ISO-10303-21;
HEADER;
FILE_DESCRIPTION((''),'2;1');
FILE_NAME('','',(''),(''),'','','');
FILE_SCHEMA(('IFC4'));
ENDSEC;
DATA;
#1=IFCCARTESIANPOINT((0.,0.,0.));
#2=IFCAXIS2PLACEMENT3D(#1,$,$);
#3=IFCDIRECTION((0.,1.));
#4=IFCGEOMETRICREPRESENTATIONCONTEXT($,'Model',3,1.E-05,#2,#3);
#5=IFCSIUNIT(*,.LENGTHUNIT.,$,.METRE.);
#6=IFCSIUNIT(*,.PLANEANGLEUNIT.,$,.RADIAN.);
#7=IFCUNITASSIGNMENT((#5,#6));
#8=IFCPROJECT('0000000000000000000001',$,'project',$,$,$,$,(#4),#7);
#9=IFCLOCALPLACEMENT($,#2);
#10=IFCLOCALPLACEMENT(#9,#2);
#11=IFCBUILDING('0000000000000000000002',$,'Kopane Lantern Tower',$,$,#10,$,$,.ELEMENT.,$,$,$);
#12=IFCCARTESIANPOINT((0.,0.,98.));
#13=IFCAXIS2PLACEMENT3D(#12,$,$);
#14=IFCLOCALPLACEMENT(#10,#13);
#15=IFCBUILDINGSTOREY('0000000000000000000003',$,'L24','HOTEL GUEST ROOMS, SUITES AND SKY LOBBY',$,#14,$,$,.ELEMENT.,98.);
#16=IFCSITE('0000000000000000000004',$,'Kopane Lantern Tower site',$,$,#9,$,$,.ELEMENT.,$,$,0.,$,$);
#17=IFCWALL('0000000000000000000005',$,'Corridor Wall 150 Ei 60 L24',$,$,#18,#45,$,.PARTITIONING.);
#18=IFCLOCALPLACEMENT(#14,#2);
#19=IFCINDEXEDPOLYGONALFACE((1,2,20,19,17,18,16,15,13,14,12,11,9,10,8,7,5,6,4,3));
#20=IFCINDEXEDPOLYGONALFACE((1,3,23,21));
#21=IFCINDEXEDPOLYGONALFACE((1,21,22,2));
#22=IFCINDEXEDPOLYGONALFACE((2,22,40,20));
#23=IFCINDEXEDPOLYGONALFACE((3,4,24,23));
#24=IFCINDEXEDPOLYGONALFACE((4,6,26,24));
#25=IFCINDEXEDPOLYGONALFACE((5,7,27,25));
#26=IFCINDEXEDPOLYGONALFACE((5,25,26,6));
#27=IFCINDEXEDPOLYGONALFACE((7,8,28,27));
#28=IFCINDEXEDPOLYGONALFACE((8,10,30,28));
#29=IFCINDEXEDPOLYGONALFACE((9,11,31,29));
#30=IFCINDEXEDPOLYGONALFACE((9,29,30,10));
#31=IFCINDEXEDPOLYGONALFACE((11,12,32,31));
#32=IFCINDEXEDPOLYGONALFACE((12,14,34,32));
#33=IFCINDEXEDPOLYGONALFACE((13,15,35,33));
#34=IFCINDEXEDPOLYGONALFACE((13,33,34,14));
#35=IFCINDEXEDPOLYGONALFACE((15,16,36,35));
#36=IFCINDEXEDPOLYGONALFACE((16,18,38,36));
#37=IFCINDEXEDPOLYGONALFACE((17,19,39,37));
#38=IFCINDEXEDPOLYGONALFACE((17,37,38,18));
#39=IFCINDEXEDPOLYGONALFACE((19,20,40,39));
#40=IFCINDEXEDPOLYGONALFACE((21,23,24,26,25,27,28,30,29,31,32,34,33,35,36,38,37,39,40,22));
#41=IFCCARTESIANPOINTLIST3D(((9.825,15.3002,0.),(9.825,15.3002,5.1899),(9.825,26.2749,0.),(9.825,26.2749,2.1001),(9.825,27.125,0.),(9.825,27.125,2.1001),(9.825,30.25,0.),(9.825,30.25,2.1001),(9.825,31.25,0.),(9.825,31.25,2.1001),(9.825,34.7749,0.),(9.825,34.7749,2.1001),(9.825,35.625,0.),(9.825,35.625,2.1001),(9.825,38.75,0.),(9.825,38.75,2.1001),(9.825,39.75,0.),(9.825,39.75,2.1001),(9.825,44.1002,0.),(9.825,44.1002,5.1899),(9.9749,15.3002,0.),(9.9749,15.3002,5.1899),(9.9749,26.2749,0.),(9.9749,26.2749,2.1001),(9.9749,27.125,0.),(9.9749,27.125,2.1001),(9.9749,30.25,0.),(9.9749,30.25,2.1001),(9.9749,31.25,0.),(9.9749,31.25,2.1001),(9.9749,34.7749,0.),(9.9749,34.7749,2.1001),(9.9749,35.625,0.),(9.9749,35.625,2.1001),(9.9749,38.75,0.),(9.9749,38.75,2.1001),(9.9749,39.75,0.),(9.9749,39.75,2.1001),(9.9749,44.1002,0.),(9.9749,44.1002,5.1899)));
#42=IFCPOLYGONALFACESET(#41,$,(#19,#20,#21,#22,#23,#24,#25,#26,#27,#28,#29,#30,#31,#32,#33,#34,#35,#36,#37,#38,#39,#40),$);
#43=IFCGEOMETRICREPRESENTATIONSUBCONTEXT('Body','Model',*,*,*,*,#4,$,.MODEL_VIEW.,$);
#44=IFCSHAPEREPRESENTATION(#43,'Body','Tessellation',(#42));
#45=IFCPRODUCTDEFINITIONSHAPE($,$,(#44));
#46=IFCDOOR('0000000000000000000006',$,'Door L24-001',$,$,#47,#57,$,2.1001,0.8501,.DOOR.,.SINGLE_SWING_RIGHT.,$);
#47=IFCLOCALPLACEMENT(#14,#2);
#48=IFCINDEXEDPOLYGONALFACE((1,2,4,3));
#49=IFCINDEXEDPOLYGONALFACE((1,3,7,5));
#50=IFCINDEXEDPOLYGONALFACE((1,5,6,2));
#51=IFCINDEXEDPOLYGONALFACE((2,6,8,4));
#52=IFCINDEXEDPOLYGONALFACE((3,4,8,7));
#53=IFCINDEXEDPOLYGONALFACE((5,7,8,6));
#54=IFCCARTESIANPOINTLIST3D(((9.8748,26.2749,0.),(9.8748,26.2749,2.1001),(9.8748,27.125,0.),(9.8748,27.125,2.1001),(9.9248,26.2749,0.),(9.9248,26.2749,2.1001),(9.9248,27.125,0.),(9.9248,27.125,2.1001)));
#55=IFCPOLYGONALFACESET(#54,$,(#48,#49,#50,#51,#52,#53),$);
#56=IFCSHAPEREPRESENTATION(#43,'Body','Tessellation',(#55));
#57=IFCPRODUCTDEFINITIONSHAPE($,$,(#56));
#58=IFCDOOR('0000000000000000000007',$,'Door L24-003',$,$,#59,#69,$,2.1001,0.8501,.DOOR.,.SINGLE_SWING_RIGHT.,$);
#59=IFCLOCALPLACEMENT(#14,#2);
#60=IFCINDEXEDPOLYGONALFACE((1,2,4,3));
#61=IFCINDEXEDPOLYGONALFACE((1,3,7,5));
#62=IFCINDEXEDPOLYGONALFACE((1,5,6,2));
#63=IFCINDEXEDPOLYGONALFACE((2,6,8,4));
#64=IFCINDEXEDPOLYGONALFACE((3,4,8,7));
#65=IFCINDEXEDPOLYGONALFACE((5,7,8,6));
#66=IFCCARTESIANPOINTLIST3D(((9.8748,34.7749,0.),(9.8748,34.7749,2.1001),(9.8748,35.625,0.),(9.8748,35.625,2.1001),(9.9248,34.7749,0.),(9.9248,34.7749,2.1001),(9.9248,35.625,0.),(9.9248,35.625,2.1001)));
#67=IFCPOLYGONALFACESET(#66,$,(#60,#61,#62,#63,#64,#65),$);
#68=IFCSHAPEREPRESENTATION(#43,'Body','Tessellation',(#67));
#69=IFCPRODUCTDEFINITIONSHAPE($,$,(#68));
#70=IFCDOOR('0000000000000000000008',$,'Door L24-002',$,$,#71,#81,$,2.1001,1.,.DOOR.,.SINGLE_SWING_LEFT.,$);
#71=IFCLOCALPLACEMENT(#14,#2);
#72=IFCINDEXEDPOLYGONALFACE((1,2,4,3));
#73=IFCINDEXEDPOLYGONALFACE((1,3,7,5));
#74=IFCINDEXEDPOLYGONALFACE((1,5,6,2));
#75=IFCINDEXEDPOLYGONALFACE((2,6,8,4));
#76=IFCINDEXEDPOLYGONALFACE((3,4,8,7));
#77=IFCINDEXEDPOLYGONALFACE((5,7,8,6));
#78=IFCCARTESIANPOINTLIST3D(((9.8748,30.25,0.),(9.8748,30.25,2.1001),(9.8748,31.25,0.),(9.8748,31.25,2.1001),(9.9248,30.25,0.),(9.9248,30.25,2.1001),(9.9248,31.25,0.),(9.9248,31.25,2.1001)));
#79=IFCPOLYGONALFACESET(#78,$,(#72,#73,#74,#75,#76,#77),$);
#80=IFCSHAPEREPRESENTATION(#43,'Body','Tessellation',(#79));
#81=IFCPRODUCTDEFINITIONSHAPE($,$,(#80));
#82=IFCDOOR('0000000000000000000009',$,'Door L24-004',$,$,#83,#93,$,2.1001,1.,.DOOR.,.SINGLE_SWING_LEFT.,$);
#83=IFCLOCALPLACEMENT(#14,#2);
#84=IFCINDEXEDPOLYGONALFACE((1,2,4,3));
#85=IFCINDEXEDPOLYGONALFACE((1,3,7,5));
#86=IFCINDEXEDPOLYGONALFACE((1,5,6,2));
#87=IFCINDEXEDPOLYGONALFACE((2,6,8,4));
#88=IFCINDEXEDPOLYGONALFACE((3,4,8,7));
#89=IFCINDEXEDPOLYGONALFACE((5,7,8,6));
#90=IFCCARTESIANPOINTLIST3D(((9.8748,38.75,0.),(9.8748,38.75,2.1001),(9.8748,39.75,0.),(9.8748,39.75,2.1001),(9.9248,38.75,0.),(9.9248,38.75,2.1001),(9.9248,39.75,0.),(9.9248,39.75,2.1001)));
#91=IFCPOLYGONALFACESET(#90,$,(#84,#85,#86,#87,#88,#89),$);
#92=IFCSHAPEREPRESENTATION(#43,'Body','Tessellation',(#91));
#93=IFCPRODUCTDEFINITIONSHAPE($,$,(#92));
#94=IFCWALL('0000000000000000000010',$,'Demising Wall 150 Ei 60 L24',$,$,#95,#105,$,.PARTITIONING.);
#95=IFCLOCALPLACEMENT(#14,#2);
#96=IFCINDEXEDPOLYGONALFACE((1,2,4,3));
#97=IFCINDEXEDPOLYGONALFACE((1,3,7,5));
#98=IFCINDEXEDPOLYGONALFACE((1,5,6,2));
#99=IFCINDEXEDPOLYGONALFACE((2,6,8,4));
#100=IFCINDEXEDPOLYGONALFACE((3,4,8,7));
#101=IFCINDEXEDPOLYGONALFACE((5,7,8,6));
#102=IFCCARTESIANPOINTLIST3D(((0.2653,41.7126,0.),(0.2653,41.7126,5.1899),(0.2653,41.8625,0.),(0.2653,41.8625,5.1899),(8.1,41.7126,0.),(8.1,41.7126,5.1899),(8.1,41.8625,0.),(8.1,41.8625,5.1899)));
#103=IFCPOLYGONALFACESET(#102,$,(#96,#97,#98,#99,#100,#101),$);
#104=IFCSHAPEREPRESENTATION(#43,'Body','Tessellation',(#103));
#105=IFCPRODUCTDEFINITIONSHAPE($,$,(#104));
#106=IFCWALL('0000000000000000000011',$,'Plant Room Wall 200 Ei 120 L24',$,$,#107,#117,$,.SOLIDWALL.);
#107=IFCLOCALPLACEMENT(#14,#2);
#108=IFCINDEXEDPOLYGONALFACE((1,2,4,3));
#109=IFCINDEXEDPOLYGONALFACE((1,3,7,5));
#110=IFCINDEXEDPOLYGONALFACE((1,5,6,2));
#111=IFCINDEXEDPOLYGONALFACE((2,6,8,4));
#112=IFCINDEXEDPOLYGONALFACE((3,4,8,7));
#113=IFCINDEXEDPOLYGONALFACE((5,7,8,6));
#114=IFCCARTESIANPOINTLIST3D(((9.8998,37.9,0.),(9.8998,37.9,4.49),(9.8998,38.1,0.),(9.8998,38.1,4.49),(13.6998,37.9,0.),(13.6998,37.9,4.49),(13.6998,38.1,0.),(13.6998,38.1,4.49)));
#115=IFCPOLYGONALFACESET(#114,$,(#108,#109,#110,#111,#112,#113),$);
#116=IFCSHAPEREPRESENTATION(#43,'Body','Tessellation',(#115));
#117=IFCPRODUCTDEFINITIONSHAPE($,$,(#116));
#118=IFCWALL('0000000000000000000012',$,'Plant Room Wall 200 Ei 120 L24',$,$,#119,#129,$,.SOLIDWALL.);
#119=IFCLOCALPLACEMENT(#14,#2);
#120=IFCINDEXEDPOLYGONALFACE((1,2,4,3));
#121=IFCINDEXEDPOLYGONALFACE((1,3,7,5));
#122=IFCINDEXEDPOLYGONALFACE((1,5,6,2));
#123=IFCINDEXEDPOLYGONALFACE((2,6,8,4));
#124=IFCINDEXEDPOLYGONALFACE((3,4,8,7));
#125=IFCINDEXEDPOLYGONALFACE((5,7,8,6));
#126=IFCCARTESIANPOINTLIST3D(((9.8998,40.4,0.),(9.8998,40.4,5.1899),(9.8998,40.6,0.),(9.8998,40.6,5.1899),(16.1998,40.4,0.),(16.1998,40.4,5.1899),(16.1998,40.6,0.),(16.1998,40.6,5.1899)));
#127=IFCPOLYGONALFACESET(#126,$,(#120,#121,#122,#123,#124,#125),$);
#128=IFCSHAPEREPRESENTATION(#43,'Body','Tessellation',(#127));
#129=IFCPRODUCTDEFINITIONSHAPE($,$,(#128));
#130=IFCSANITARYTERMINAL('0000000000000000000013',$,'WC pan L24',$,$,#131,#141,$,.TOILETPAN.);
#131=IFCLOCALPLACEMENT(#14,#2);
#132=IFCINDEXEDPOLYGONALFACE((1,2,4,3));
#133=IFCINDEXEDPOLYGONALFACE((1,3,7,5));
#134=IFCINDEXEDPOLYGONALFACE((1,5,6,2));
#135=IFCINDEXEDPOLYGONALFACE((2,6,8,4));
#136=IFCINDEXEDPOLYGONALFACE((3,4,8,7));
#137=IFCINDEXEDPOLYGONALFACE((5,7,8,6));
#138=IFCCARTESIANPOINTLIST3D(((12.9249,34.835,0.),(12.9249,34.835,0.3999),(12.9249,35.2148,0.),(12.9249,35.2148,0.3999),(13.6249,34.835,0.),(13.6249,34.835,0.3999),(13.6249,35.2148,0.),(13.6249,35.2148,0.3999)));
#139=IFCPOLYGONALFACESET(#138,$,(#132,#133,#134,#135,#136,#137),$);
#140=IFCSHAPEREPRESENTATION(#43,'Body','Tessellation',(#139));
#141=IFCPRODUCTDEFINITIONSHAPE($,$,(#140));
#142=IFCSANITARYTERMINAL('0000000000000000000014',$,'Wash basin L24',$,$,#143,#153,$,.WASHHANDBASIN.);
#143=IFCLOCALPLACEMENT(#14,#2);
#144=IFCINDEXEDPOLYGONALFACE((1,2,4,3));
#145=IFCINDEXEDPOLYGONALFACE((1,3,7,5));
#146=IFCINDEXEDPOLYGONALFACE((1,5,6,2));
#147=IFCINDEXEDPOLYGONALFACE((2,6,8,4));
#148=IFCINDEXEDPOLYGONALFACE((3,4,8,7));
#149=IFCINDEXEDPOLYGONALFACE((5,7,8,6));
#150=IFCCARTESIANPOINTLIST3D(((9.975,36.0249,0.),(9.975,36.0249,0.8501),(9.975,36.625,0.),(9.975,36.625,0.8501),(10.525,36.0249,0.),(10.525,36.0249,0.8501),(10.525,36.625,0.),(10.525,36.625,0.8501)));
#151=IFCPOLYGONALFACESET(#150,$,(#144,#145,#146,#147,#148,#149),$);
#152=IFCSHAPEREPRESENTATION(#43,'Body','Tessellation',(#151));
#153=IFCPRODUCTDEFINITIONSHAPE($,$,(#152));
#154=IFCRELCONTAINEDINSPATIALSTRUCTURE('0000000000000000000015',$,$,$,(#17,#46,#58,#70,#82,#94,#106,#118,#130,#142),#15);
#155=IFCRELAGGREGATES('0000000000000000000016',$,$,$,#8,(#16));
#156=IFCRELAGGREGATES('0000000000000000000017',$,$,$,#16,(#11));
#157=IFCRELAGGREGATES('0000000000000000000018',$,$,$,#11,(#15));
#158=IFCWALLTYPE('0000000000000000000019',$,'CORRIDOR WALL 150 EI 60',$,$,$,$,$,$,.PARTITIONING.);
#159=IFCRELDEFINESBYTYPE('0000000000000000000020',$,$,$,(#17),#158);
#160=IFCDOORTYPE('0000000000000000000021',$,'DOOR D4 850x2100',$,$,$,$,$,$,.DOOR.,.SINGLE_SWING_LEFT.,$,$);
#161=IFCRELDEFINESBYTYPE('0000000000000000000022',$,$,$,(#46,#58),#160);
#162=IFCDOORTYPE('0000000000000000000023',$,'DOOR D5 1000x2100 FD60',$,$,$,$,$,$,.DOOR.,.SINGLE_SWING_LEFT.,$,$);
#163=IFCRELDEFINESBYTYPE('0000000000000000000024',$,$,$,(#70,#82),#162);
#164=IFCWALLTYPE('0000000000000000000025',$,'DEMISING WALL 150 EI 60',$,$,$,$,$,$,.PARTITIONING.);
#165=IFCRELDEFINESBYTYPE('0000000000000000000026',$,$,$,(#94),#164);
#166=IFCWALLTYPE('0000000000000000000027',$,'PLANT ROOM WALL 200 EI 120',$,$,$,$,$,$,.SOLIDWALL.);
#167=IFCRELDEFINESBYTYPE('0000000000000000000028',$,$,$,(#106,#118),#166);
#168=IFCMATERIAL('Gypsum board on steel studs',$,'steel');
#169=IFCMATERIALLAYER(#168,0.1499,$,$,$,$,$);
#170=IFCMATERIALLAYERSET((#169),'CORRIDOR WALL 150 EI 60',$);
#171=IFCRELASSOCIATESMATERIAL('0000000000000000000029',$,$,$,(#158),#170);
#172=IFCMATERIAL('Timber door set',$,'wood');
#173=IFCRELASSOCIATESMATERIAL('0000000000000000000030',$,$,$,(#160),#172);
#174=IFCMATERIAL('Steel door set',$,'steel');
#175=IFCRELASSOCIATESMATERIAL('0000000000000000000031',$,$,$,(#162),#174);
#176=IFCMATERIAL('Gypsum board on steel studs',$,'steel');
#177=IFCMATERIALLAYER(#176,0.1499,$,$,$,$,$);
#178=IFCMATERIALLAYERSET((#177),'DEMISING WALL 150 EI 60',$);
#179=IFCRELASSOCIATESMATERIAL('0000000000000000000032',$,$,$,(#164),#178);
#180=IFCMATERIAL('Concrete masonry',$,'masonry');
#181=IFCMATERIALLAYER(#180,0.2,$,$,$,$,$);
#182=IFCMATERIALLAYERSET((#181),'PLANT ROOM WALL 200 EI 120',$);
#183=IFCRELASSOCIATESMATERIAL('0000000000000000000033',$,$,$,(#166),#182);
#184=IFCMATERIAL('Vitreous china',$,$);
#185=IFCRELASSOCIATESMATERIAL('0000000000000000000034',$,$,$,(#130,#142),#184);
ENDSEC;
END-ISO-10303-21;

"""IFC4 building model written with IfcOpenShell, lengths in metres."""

from ifc_helpers import new_model, si_unit, direction, frame, frame_2d, origin, origin_2d, place, context, subcontext, project, spatial, rectangle, extrude, material, layer, layer_set, type_object, element, fill, save


model = new_model("IFC4")

# Units and contexts
model_context = context("Model", 3, precision=1e-05, world=origin(), true_north=direction((0.0, 1.0)))
body_context = subcontext(model_context, "Body", "Model", "MODEL_VIEW")
ifc_project = project(units=[si_unit("LENGTHUNIT", "METRE"), si_unit("PLANEANGLEUNIT", "RADIAN")], contexts=[model_context])

# Site, building, storey
site_placement = place(None, origin())
site = spatial("IfcSite", under=ifc_project, at=site_placement, Name="Kopane Lantern Tower site", CompositionType="ELEMENT", RefElevation=0.0)
building_placement = place(site_placement, origin())
building = spatial("IfcBuilding", under=site, at=building_placement, Name="Kopane Lantern Tower", CompositionType="ELEMENT")
storey_placement = place(building_placement, frame((0.0, 0.0, 98.0)))
storey = spatial("IfcBuildingStorey", under=building, at=storey_placement, Name="L24", Description="HOTEL GUEST ROOMS, SUITES AND SKY LOBBY", CompositionType="ELEMENT", Elevation=98.0)

# Wall, openings, doors
ifc_material_1 = material(Name="Gypsum board on steel studs", Category="steel")
ifc_layer_1 = layer(ifc_material_1, 0.1499)
ifc_layer_set_1 = layer_set([ifc_layer_1], Name="CORRIDOR WALL 150 EI 60")
wall_type_1 = type_object("IfcWallType", Name="CORRIDOR WALL 150 EI 60", PredefinedType="PARTITIONING", material=ifc_layer_set_1)
wall_1_placement = place(storey_placement, frame((9.8999, 44.1001, 0.0), z_axis=(0.0, 0.0, 1.0), x_axis=(0.0, -1.0, 0.0)))
wall_1 = element("IfcWall", 1, at=wall_1_placement, inside=storey, type_object=wall_type_1, Name="Corridor Wall 150 Ei 60 L24", PredefinedType="PARTITIONING", context=body_context, shape_type="SweptSolid", body=[
    extrude(rectangle(XDim=28.8, YDim=0.1499, at=frame_2d((14.3999, 0.0))), origin(), (0.0, 0.0, 1.0), 5.1899),
])
opening_1_placement = place(wall_1_placement, frame((16.9751, 0.0, 0.0)))
opening_1 = element("IfcOpeningElement", 2, at=opening_1_placement, cuts=wall_1, PredefinedType="OPENING", context=body_context, shape_type="SweptSolid", body=[
    extrude(rectangle(XDim=0.8501, YDim=2.1001, at=frame_2d((0.425, 1.05))), frame((0.0, 0.085, 0.0), z_axis=(0.0, -1.0, 0.0), x_axis=(1.0, 0.0, 0.0)), (0.0, 0.0, 1.0), 0.1699),
])
opening_2_placement = place(wall_1_placement, frame((12.8501, 0.0, 0.0)))
opening_2 = element("IfcOpeningElement", 3, at=opening_2_placement, cuts=wall_1, PredefinedType="OPENING", context=body_context, shape_type="SweptSolid", body=[
    extrude(rectangle(XDim=1.0, YDim=2.1001, at=frame_2d((0.5, 1.05))), frame((0.0, 0.085, 0.0), z_axis=(0.0, -1.0, 0.0), x_axis=(1.0, 0.0, 0.0)), (0.0, 0.0, 1.0), 0.1699),
])
opening_3_placement = place(wall_1_placement, frame((8.4751, 0.0, 0.0)))
opening_3 = element("IfcOpeningElement", 4, at=opening_3_placement, cuts=wall_1, PredefinedType="OPENING", context=body_context, shape_type="SweptSolid", body=[
    extrude(rectangle(XDim=0.8501, YDim=2.1001, at=frame_2d((0.425, 1.05))), frame((0.0, 0.085, 0.0), z_axis=(0.0, -1.0, 0.0), x_axis=(1.0, 0.0, 0.0)), (0.0, 0.0, 1.0), 0.1699),
])
opening_4_placement = place(wall_1_placement, frame((4.3501, 0.0, 0.0)))
opening_4 = element("IfcOpeningElement", 5, at=opening_4_placement, cuts=wall_1, PredefinedType="OPENING", context=body_context, shape_type="SweptSolid", body=[
    extrude(rectangle(XDim=1.0, YDim=2.1001, at=frame_2d((0.5, 1.05))), frame((0.0, 0.085, 0.0), z_axis=(0.0, -1.0, 0.0), x_axis=(1.0, 0.0, 0.0)), (0.0, 0.0, 1.0), 0.1699),
])
ifc_material_2 = material(Name="Timber door set", Category="wood")
door_type_1 = type_object("IfcDoorType", Name="DOOR D4 850x2100", OperationType="SINGLE_SWING_LEFT", PredefinedType="DOOR", material=ifc_material_2)
door_1_placement = place(opening_1_placement, origin())
door_1 = element("IfcDoor", 6, at=door_1_placement, inside=storey, type_object=door_type_1, Name="Door L24-001", OperationType="SINGLE_SWING_RIGHT", OverallHeight=2.1001, OverallWidth=0.8501, PredefinedType="DOOR", context=body_context, shape_type="SweptSolid", body=[
    extrude(rectangle(XDim=0.8501, YDim=2.1001, at=frame_2d((0.425, 1.05))), frame((0.0, 0.0249, 0.0), z_axis=(0.0, -1.0, 0.0), x_axis=(1.0, 0.0, 0.0)), (0.0, 0.0, 1.0), 0.05),
])
fill(opening_1, door_1)
door_2_placement = place(opening_3_placement, origin())
door_2 = element("IfcDoor", 7, at=door_2_placement, inside=storey, type_object=door_type_1, Name="Door L24-003", OperationType="SINGLE_SWING_RIGHT", OverallHeight=2.1001, OverallWidth=0.8501, PredefinedType="DOOR", context=body_context, shape_type="SweptSolid", body=[
    extrude(rectangle(XDim=0.8501, YDim=2.1001, at=frame_2d((0.425, 1.05))), frame((0.0, 0.0249, 0.0), z_axis=(0.0, -1.0, 0.0), x_axis=(1.0, 0.0, 0.0)), (0.0, 0.0, 1.0), 0.05),
])
fill(opening_3, door_2)
ifc_material_3 = material(Name="Steel door set", Category="steel")
door_type_2 = type_object("IfcDoorType", Name="DOOR D5 1000x2100 FD60", OperationType="SINGLE_SWING_LEFT", PredefinedType="DOOR", material=ifc_material_3)
door_3_placement = place(opening_2_placement, origin())
door_3 = element("IfcDoor", 8, at=door_3_placement, inside=storey, type_object=door_type_2, Name="Door L24-002", OperationType="SINGLE_SWING_LEFT", OverallHeight=2.1001, OverallWidth=1.0, PredefinedType="DOOR", context=body_context, shape_type="SweptSolid", body=[
    extrude(rectangle(XDim=1.0, YDim=2.1001, at=frame_2d((0.5, 1.05))), frame((0.0, 0.0249, 0.0), z_axis=(0.0, -1.0, 0.0), x_axis=(1.0, 0.0, 0.0)), (0.0, 0.0, 1.0), 0.05),
])
fill(opening_2, door_3)
door_4_placement = place(opening_4_placement, origin())
door_4 = element("IfcDoor", 9, at=door_4_placement, inside=storey, type_object=door_type_2, Name="Door L24-004", OperationType="SINGLE_SWING_LEFT", OverallHeight=2.1001, OverallWidth=1.0, PredefinedType="DOOR", context=body_context, shape_type="SweptSolid", body=[
    extrude(rectangle(XDim=1.0, YDim=2.1001, at=frame_2d((0.5, 1.05))), frame((0.0, 0.0249, 0.0), z_axis=(0.0, -1.0, 0.0), x_axis=(1.0, 0.0, 0.0)), (0.0, 0.0, 1.0), 0.05),
])
fill(opening_4, door_4)

# Walls
ifc_material_4 = material(Name="Gypsum board on steel studs", Category="steel")
ifc_layer_2 = layer(ifc_material_4, 0.1499)
ifc_layer_set_2 = layer_set([ifc_layer_2], Name="DEMISING WALL 150 EI 60")
wall_type_2 = type_object("IfcWallType", Name="DEMISING WALL 150 EI 60", PredefinedType="PARTITIONING", material=ifc_layer_set_2)
wall_2_placement = place(storey_placement, frame((8.1001, 41.7876, 0.0), z_axis=(0.0, 0.0, 1.0), x_axis=(-1.0, 0.0, 0.0)))
element("IfcWall", 10, at=wall_2_placement, inside=storey, type_object=wall_type_2, Name="Demising Wall 150 Ei 60 L24", PredefinedType="PARTITIONING", context=body_context, shape_type="SweptSolid", body=[
    extrude(rectangle(XDim=7.8347, YDim=0.1499, at=frame_2d((3.9175, 0.0))), origin(), (0.0, 0.0, 1.0), 5.1899),
])
ifc_material_5 = material(Name="Concrete masonry", Category="masonry")
ifc_layer_3 = layer(ifc_material_5, 0.2)
ifc_layer_set_3 = layer_set([ifc_layer_3], Name="PLANT ROOM WALL 200 EI 120")
wall_type_3 = type_object("IfcWallType", Name="PLANT ROOM WALL 200 EI 120", PredefinedType="SOLIDWALL", material=ifc_layer_set_3)
wall_3_placement = place(storey_placement, frame((9.8999, 38.0, 0.0), z_axis=(0.0, 0.0, 1.0), x_axis=(1.0, 0.0, 0.0)))
element("IfcWall", 11, at=wall_3_placement, inside=storey, type_object=wall_type_3, Name="Plant Room Wall 200 Ei 120 L24", PredefinedType="SOLIDWALL", context=body_context, shape_type="SweptSolid", body=[
    extrude(rectangle(XDim=3.8, YDim=0.2, at=frame_2d((1.8999, 0.0))), origin(), (0.0, 0.0, 1.0), 4.49),
])
wall_4_placement = place(storey_placement, frame((9.8999, 40.5, 0.0), z_axis=(0.0, 0.0, 1.0), x_axis=(1.0, 0.0, 0.0)))
element("IfcWall", 12, at=wall_4_placement, inside=storey, type_object=wall_type_3, Name="Plant Room Wall 200 Ei 120 L24", PredefinedType="SOLIDWALL", context=body_context, shape_type="SweptSolid", body=[
    extrude(rectangle(XDim=6.3, YDim=0.2, at=frame_2d((3.1499, 0.0))), origin(), (0.0, 0.0, 1.0), 5.1899),
])

# Sanitary terminals
ifc_material_6 = material(Name="Vitreous china")
sanitary_terminal_1_placement = place(storey_placement, frame((13.2749, 35.0249, 0.0), z_axis=(0.0, 0.0, 1.0), x_axis=(1.0, 0.0, 0.0)))
element("IfcSanitaryTerminal", 13, at=sanitary_terminal_1_placement, inside=storey, material=ifc_material_6, Name="WC pan L24", PredefinedType="TOILETPAN", context=body_context, shape_type="SweptSolid", body=[
    extrude(rectangle(XDim=0.7, YDim=0.3799, at=origin_2d()), origin(), (0.0, 0.0, 1.0), 0.3999),
])
sanitary_terminal_2_placement = place(storey_placement, frame((10.25, 36.325, 0.0), z_axis=(0.0, 0.0, 1.0), x_axis=(1.0, 0.0, 0.0)))
element("IfcSanitaryTerminal", 14, at=sanitary_terminal_2_placement, inside=storey, material=ifc_material_6, Name="Wash basin L24", PredefinedType="WASHHANDBASIN", context=body_context, shape_type="SweptSolid", body=[
    extrude(rectangle(XDim=0.55, YDim=0.6001, at=origin_2d()), origin(), (0.0, 0.0, 1.0), 0.8501),
])

save(model, "model.ifc")
